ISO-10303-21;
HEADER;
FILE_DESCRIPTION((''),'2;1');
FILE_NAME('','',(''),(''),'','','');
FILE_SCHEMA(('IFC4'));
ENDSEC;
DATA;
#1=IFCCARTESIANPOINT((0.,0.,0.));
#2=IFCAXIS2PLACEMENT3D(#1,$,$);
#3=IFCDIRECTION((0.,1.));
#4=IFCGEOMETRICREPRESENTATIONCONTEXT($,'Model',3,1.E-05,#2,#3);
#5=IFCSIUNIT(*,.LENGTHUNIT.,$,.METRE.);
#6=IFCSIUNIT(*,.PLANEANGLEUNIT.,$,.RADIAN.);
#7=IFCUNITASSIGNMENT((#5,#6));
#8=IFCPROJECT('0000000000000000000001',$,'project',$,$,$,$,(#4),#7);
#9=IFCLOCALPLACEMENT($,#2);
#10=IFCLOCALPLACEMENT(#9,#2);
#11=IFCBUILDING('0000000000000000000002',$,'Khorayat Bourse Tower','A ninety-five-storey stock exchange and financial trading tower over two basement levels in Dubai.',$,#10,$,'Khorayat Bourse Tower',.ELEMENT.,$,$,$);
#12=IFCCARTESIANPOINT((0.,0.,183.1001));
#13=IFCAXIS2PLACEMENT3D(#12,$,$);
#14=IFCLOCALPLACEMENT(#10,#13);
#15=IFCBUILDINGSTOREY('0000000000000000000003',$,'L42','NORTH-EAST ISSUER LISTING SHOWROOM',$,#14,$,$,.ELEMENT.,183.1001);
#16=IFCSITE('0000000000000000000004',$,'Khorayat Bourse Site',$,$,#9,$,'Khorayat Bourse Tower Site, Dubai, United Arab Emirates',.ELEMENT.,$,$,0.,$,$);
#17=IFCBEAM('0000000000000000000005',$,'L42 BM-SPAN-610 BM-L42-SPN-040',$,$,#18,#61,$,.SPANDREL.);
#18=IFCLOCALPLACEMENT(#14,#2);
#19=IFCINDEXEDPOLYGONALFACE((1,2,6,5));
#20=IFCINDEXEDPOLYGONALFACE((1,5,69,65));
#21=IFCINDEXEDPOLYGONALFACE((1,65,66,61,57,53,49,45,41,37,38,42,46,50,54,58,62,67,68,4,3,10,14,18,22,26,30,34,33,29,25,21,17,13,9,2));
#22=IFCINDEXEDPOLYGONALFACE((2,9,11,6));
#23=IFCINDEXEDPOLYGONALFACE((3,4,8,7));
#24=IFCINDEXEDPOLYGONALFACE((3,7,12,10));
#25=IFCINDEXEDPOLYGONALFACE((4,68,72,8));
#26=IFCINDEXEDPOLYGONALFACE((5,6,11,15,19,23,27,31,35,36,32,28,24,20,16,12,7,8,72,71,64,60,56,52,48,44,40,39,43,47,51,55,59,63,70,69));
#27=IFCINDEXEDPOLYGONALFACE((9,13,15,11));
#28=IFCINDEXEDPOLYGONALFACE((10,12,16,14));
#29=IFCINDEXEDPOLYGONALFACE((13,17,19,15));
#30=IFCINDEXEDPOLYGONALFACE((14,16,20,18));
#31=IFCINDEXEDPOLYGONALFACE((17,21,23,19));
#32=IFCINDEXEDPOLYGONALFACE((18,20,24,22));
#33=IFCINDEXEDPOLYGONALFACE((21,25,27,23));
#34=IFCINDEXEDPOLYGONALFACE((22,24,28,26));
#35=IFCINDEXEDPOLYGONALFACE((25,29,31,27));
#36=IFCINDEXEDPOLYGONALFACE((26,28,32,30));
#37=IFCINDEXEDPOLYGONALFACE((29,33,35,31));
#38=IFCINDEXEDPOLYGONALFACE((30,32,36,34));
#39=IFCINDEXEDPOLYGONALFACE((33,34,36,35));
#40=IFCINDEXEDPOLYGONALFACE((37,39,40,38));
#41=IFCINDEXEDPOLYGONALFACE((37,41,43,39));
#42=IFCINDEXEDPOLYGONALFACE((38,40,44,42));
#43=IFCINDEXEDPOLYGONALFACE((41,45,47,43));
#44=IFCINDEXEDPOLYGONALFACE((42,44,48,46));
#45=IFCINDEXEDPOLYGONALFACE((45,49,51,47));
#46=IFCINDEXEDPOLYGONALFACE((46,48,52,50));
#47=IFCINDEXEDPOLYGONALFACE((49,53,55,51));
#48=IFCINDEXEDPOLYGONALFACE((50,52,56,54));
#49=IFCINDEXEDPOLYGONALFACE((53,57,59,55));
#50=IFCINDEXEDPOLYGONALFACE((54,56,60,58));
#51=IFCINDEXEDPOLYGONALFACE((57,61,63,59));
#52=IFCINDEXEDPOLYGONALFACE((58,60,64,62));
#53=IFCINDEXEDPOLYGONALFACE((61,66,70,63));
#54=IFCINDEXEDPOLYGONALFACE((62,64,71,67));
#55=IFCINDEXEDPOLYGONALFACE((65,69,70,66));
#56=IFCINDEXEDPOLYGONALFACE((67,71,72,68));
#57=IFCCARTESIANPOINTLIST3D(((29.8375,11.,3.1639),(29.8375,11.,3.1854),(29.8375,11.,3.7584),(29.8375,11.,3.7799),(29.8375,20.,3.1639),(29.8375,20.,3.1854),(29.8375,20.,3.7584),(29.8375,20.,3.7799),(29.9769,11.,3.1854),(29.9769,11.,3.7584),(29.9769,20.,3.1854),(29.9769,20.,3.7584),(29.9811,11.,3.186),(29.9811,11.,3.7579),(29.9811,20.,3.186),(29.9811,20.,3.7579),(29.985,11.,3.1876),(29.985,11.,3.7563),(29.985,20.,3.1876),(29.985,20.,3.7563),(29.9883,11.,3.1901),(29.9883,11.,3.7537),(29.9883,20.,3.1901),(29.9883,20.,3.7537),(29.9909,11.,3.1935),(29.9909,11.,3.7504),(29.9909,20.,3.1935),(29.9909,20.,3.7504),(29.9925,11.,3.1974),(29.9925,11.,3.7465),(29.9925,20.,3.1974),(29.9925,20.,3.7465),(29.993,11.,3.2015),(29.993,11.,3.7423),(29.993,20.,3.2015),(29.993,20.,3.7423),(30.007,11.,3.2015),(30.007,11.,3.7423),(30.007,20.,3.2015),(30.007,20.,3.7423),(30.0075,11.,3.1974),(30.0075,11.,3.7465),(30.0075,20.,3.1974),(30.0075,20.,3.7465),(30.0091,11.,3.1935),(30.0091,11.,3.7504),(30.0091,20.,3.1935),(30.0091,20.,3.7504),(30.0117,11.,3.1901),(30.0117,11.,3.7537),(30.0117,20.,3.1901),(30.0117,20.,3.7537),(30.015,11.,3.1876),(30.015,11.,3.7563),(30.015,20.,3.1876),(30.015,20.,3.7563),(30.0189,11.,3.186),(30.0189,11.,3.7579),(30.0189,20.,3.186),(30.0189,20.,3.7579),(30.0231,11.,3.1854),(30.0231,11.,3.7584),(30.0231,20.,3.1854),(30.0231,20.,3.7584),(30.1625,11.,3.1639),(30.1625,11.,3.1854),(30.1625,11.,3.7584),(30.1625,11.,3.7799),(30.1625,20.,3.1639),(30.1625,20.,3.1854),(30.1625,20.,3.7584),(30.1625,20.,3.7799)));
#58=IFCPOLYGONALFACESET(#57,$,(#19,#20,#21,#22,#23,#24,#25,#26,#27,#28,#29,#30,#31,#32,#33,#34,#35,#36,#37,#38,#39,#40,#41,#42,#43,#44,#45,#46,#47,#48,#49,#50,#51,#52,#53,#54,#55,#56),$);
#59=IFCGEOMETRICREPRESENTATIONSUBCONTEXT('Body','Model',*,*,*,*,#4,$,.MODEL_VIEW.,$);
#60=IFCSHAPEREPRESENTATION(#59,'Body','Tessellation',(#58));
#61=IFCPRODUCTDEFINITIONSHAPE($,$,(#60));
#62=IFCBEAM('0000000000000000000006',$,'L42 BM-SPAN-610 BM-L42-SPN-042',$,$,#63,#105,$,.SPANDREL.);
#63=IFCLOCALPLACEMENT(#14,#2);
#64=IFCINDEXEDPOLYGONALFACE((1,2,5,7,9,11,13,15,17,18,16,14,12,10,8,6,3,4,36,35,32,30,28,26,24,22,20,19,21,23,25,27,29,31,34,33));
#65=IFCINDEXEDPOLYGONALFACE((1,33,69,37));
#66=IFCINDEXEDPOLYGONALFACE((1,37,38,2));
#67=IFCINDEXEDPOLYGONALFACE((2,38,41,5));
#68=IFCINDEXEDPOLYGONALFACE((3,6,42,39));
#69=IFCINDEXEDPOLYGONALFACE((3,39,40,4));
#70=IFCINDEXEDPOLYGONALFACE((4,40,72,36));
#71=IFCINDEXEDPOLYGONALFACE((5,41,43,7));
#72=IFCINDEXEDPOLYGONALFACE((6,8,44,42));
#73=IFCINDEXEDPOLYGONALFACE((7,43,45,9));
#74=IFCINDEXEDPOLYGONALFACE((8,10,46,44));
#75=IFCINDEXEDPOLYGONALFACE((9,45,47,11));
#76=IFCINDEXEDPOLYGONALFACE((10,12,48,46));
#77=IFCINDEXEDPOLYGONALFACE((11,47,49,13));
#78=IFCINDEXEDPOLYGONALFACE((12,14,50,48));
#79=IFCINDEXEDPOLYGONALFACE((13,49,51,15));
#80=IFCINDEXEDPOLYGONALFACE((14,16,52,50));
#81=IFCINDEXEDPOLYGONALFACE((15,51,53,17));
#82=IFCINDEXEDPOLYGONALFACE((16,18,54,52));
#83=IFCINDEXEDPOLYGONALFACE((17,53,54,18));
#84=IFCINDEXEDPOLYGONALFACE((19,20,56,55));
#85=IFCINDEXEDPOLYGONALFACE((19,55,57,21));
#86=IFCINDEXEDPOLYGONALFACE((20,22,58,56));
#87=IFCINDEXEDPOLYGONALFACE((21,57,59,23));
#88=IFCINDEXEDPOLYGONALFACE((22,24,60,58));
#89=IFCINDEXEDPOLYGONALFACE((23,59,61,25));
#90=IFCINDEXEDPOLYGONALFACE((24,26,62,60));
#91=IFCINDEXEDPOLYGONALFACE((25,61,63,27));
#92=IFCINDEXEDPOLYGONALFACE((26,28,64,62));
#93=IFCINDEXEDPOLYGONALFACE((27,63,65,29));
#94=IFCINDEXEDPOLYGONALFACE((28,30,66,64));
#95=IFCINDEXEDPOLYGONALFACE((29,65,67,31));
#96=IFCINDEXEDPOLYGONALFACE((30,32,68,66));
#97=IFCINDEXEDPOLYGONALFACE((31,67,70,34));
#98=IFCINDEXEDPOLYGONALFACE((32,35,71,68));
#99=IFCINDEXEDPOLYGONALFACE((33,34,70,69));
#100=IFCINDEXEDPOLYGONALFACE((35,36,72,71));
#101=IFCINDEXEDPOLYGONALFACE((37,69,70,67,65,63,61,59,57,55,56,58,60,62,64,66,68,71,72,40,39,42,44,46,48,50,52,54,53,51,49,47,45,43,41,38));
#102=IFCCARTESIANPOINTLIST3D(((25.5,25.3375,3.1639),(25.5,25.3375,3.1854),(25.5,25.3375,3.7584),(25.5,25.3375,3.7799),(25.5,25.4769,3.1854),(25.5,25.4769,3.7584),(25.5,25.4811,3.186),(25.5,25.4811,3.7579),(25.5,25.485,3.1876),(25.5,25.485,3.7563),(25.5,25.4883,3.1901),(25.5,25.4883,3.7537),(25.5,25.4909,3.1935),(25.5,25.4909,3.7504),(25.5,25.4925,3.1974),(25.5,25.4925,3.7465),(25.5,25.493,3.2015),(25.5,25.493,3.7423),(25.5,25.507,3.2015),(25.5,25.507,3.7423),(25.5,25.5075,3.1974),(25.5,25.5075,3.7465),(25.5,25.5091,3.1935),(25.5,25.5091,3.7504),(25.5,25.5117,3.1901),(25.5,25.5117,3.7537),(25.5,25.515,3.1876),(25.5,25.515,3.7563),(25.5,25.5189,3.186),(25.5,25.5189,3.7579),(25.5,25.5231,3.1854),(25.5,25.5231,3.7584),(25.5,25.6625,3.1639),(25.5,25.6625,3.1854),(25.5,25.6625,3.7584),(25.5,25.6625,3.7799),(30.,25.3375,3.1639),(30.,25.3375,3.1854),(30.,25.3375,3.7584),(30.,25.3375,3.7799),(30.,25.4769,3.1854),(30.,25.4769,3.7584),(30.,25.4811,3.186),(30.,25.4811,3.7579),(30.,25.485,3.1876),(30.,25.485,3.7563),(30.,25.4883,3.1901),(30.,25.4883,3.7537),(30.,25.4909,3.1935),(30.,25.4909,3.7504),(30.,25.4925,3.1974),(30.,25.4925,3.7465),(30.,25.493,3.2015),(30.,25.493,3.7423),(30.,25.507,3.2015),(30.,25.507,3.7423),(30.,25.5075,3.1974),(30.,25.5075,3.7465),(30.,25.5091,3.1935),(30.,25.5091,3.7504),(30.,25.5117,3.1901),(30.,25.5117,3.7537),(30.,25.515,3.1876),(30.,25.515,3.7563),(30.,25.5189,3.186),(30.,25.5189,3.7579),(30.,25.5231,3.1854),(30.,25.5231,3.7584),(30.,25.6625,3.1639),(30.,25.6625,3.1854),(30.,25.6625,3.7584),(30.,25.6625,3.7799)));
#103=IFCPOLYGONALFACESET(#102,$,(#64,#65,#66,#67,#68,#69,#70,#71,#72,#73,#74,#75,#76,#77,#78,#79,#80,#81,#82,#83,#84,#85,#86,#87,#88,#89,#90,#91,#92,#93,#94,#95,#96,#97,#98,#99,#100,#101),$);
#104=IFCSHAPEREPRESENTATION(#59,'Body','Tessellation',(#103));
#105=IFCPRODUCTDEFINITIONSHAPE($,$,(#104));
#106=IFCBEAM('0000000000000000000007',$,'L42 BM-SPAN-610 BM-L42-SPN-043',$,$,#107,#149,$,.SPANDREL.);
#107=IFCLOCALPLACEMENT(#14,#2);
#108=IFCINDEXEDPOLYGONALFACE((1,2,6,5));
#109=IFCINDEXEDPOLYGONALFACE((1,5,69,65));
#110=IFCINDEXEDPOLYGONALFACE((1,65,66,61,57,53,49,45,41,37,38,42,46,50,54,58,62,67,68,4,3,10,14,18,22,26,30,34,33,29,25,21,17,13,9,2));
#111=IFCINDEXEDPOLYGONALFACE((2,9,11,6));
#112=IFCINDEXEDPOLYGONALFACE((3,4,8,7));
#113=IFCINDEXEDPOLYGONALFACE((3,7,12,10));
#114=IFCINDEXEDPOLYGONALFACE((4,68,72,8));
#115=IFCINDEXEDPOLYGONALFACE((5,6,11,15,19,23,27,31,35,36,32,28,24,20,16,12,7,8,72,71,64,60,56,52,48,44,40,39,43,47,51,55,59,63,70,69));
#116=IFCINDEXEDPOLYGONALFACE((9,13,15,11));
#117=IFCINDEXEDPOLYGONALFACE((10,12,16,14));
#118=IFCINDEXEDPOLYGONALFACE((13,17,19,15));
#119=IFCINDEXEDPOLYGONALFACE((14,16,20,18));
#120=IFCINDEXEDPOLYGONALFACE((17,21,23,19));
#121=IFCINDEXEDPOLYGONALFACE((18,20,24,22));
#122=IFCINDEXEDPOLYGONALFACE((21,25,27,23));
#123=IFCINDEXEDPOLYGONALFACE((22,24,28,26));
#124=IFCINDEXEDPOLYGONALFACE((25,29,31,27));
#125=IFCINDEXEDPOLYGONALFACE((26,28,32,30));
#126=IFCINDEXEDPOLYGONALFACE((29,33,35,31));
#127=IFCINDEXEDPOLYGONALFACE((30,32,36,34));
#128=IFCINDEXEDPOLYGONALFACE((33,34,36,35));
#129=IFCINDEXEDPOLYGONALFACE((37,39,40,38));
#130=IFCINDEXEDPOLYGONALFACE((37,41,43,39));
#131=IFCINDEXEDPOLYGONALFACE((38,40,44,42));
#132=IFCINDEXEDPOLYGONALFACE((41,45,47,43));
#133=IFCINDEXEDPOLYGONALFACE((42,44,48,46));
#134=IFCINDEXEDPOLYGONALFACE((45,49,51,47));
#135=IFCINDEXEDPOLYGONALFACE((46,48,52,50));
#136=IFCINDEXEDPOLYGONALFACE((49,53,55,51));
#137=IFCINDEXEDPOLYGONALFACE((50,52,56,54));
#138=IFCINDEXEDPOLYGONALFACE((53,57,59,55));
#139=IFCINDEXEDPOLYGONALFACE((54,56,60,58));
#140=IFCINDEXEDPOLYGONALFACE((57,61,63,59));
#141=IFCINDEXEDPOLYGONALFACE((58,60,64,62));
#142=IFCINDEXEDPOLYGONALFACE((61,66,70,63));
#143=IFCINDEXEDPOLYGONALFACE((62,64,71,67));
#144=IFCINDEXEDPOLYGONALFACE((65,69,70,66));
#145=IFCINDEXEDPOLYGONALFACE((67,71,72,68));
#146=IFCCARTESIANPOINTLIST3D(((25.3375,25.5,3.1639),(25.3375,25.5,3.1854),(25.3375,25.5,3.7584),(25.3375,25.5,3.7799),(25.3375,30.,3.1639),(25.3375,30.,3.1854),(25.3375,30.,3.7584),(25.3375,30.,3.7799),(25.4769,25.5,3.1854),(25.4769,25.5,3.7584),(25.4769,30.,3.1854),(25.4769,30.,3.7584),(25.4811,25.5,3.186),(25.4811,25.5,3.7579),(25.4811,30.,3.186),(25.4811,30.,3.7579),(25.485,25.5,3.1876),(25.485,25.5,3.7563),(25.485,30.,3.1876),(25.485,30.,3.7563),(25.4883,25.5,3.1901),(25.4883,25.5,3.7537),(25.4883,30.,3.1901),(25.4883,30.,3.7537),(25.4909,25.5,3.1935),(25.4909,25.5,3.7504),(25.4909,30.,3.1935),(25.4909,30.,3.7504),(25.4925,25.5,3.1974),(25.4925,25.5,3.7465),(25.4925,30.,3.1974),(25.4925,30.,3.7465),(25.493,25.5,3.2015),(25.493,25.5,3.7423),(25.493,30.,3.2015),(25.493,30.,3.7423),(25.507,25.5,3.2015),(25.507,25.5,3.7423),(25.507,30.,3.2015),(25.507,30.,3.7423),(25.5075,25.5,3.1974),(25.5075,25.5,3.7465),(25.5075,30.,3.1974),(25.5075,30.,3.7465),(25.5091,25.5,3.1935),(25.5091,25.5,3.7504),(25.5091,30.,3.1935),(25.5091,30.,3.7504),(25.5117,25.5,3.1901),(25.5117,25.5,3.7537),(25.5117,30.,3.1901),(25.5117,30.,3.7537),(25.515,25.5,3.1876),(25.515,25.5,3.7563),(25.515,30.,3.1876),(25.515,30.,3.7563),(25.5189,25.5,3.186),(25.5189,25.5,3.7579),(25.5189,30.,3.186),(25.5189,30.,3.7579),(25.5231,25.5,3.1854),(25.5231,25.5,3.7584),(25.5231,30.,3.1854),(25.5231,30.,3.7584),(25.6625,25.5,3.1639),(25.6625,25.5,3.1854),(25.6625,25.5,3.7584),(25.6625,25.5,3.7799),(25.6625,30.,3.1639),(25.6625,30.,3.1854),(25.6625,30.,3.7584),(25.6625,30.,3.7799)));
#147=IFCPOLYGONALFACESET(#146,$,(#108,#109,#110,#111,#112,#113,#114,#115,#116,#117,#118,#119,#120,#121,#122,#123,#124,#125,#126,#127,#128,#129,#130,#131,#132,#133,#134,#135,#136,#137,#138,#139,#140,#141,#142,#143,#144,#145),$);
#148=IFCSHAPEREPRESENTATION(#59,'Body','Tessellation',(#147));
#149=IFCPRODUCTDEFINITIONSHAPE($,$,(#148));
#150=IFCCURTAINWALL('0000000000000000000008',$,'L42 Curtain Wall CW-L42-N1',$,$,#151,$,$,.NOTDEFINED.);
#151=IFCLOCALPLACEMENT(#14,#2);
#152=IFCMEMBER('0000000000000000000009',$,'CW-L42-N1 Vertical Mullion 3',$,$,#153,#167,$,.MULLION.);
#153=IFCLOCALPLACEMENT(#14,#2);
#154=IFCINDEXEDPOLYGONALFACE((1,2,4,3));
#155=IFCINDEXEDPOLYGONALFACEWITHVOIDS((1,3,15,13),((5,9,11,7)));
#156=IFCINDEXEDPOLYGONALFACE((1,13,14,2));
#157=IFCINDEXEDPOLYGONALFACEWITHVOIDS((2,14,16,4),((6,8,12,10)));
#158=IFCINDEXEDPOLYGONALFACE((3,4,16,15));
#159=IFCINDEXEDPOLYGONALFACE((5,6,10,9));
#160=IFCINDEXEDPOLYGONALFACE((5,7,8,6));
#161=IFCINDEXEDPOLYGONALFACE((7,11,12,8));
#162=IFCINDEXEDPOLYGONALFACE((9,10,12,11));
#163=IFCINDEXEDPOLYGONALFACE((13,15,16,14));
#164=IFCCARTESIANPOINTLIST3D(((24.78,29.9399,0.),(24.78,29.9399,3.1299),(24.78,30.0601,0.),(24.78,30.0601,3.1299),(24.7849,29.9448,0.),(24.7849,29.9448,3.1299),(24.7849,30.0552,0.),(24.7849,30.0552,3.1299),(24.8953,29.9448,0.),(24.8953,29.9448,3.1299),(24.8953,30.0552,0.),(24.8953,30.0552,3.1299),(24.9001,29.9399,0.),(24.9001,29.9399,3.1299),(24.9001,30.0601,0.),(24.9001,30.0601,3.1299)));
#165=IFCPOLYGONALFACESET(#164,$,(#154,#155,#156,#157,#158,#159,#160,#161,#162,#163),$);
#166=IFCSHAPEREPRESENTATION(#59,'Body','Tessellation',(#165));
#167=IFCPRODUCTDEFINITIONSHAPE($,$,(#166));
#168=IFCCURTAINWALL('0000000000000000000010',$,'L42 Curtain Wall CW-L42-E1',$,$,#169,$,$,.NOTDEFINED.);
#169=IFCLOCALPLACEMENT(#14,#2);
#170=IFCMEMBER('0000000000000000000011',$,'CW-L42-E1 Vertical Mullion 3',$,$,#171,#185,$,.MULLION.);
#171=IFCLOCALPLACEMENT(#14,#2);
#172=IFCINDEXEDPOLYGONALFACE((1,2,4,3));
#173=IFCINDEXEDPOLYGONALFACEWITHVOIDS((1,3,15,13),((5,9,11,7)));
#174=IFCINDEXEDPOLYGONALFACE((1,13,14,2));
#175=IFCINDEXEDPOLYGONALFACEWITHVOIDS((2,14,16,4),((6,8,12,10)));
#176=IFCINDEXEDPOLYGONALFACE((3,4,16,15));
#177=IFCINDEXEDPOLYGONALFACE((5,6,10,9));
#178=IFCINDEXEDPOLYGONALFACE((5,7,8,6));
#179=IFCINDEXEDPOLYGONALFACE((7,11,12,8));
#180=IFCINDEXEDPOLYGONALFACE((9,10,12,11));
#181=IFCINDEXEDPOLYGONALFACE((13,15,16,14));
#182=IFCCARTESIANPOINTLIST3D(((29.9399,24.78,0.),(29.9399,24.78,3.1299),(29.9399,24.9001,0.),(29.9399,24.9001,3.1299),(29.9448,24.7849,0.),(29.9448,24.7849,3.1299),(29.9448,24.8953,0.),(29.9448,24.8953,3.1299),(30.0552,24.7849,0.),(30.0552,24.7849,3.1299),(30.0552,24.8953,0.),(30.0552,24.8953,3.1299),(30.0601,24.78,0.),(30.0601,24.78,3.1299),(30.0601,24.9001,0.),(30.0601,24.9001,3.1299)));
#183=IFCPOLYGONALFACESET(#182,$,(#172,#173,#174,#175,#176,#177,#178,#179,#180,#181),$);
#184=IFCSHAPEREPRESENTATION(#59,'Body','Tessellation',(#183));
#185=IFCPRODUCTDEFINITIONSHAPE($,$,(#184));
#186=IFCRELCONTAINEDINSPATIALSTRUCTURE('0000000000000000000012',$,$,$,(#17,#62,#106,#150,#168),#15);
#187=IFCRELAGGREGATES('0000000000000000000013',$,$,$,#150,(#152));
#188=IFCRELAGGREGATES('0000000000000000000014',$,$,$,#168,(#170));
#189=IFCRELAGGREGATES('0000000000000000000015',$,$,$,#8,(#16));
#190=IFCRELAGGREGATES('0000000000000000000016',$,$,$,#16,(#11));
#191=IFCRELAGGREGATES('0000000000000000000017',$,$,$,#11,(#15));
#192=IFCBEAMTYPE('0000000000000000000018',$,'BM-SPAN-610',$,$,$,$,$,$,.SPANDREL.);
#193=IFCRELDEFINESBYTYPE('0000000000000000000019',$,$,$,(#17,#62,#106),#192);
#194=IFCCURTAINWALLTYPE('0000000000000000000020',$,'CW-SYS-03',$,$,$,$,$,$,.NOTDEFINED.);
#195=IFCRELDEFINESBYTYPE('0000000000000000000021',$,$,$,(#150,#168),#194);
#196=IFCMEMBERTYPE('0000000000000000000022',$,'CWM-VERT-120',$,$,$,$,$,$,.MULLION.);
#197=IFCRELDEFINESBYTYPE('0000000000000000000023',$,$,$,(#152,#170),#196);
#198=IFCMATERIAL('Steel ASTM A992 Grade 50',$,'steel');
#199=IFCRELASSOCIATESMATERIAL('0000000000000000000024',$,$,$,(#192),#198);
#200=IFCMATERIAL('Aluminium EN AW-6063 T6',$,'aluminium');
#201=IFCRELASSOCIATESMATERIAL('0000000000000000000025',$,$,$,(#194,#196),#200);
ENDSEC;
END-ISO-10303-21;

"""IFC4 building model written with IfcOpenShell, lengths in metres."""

from ifc_helpers import new_model, si_unit, direction, frame, origin, origin_2d, place, context, subcontext, project, spatial, hollow_rectangle, i_section, extrude, source, transform, mapped, material, material_profile, profile_set, type_object, element, aggregate, save


model = new_model("IFC4")

# Units and contexts
model_context = context("Model", 3, precision=1e-05, world=origin(), true_north=direction((0.0, 1.0)))
body_context = subcontext(model_context, "Body", "Model", "MODEL_VIEW")
ifc_project = project(units=[si_unit("LENGTHUNIT", "METRE"), si_unit("PLANEANGLEUNIT", "RADIAN")], contexts=[model_context])

# Site, building, storey
site_placement = place(None, origin())
site = spatial("IfcSite", under=ifc_project, at=site_placement, Name="Khorayat Bourse Site", LongName="Khorayat Bourse Tower Site, Dubai, United Arab Emirates", CompositionType="ELEMENT", RefElevation=0.0)
building_placement = place(site_placement, origin())
building = spatial("IfcBuilding", under=site, at=building_placement, Name="Khorayat Bourse Tower", Description="A ninety-five-storey stock exchange and financial trading tower over two basement levels in Dubai.", LongName="Khorayat Bourse Tower", CompositionType="ELEMENT")
storey_placement = place(building_placement, frame((0.0, 0.0, 183.1001)))
storey = spatial("IfcBuildingStorey", under=building, at=storey_placement, Name="L42", Description="NORTH-EAST ISSUER LISTING SHOWROOM", CompositionType="ELEMENT", Elevation=183.1001)

# Beams
ifc_material_1 = material(Name="Steel ASTM A992 Grade 50", Category="steel")
ifc_material_profile_1 = material_profile(ifc_material_1, i_section(OverallWidth=0.325, OverallDepth=0.616, WebThickness=0.0139, FlangeThickness=0.0215, FilletRadius=0.0161, at=origin_2d()), Name="W610X174")
ifc_profile_set_1 = profile_set([ifc_material_profile_1], Name="Steel ASTM A992 Grade 50")
beam_type_1 = type_object("IfcBeamType", Name="BM-SPAN-610", PredefinedType="SPANDREL", material=ifc_profile_set_1)
shared_shape_1 = source(origin(), body_context, "Body", "SweptSolid", [
    extrude(i_section(OverallWidth=0.325, OverallDepth=0.616, WebThickness=0.0139, FlangeThickness=0.0215, FilletRadius=0.0161, at=origin_2d()), origin(), (0.0, 0.0, 1.0), 9.0),
])
beam_1_placement = place(storey_placement, frame((30.0, 11.0, 3.4719), z_axis=(0.0, 1.0, 0.0), x_axis=(-1.0, 0.0, 0.0)))
element("IfcBeam", 1, at=beam_1_placement, inside=storey, type_object=beam_type_1, Name="L42 BM-SPAN-610 BM-L42-SPN-040", PredefinedType="SPANDREL", context=body_context, shape_type="MappedRepresentation", body=[
    mapped(shared_shape_1, transform((0.0, 0.0, 0.0), scale=1.0)),
])
shared_shape_2 = source(origin(), body_context, "Body", "SweptSolid", [
    extrude(i_section(OverallWidth=0.325, OverallDepth=0.616, WebThickness=0.0139, FlangeThickness=0.0215, FilletRadius=0.0161, at=origin_2d()), origin(), (0.0, 0.0, 1.0), 4.5),
])
for number, where, z_axis, x_axis, name in (
    (2, (25.5, 25.5, 3.4719), (1.0, 0.0, 0.0), (0.0, 1.0, 0.0), "L42 BM-SPAN-610 BM-L42-SPN-042"),
    (3, (25.5, 25.5, 3.4719), (0.0, 1.0, 0.0), (-1.0, 0.0, 0.0), "L42 BM-SPAN-610 BM-L42-SPN-043"),
):
    element("IfcBeam", number, at=place(storey_placement, frame(where, z_axis=z_axis, x_axis=x_axis)), inside=storey, type_object=beam_type_1, Name=name, PredefinedType="SPANDREL", context=body_context, shape_type="MappedRepresentation", body=[
        mapped(shared_shape_2, transform((0.0, 0.0, 0.0), scale=1.0)),
    ])

# Curtain wall, member
ifc_material_2 = material(Name="Aluminium EN AW-6063 T6", Category="aluminium")
curtain_wall_type = type_object("IfcCurtainWallType", Name="CW-SYS-03", PredefinedType="NOTDEFINED", material=ifc_material_2)
curtain_wall_1_placement = place(storey_placement, origin())
curtain_wall_1 = element("IfcCurtainWall", 4, at=curtain_wall_1_placement, inside=storey, type_object=curtain_wall_type, Name="L42 Curtain Wall CW-L42-N1", PredefinedType="NOTDEFINED")
ifc_material_profile_2 = material_profile(ifc_material_2, hollow_rectangle(XDim=0.1201, YDim=0.1201, WallThickness=0.0049, at=origin_2d()), Name="ALU 120x120x5")
ifc_profile_set_2 = profile_set([ifc_material_profile_2], Name="Aluminium EN AW-6063 T6")
member_type_1 = type_object("IfcMemberType", Name="CWM-VERT-120", PredefinedType="MULLION", material=ifc_profile_set_2)
shared_shape_3 = source(origin(), body_context, "Body", "SweptSolid", [
    extrude(hollow_rectangle(XDim=0.1201, YDim=0.1201, WallThickness=0.0049, at=origin_2d()), origin(), (0.0, 0.0, 1.0), 3.1299),
])
member_1_placement = place(storey_placement, frame((24.8401, 30.0, 0.0), z_axis=(0.0, 0.0, 1.0), x_axis=(0.0, 1.0, 0.0)))
member_1 = element("IfcMember", 5, at=member_1_placement, type_object=member_type_1, Name="CW-L42-N1 Vertical Mullion 3", PredefinedType="MULLION", context=body_context, shape_type="MappedRepresentation", body=[
    mapped(shared_shape_3, transform((0.0, 0.0, 0.0), scale=1.0)),
])
aggregate(curtain_wall_1, [member_1])

# Curtain wall, member
curtain_wall_2_placement = place(storey_placement, origin())
curtain_wall_2 = element("IfcCurtainWall", 6, at=curtain_wall_2_placement, inside=storey, type_object=curtain_wall_type, Name="L42 Curtain Wall CW-L42-E1", PredefinedType="NOTDEFINED")
member_2_placement = place(storey_placement, frame((30.0, 24.8401, 0.0), z_axis=(0.0, 0.0, 1.0), x_axis=(-1.0, 0.0, 0.0)))
member_2 = element("IfcMember", 7, at=member_2_placement, type_object=member_type_1, Name="CW-L42-E1 Vertical Mullion 3", PredefinedType="MULLION", context=body_context, shape_type="MappedRepresentation", body=[
    mapped(shared_shape_3, transform((0.0, 0.0, 0.0), scale=1.0)),
])

aggregate(curtain_wall_2, [member_2])

save(model, "model.ifc")
